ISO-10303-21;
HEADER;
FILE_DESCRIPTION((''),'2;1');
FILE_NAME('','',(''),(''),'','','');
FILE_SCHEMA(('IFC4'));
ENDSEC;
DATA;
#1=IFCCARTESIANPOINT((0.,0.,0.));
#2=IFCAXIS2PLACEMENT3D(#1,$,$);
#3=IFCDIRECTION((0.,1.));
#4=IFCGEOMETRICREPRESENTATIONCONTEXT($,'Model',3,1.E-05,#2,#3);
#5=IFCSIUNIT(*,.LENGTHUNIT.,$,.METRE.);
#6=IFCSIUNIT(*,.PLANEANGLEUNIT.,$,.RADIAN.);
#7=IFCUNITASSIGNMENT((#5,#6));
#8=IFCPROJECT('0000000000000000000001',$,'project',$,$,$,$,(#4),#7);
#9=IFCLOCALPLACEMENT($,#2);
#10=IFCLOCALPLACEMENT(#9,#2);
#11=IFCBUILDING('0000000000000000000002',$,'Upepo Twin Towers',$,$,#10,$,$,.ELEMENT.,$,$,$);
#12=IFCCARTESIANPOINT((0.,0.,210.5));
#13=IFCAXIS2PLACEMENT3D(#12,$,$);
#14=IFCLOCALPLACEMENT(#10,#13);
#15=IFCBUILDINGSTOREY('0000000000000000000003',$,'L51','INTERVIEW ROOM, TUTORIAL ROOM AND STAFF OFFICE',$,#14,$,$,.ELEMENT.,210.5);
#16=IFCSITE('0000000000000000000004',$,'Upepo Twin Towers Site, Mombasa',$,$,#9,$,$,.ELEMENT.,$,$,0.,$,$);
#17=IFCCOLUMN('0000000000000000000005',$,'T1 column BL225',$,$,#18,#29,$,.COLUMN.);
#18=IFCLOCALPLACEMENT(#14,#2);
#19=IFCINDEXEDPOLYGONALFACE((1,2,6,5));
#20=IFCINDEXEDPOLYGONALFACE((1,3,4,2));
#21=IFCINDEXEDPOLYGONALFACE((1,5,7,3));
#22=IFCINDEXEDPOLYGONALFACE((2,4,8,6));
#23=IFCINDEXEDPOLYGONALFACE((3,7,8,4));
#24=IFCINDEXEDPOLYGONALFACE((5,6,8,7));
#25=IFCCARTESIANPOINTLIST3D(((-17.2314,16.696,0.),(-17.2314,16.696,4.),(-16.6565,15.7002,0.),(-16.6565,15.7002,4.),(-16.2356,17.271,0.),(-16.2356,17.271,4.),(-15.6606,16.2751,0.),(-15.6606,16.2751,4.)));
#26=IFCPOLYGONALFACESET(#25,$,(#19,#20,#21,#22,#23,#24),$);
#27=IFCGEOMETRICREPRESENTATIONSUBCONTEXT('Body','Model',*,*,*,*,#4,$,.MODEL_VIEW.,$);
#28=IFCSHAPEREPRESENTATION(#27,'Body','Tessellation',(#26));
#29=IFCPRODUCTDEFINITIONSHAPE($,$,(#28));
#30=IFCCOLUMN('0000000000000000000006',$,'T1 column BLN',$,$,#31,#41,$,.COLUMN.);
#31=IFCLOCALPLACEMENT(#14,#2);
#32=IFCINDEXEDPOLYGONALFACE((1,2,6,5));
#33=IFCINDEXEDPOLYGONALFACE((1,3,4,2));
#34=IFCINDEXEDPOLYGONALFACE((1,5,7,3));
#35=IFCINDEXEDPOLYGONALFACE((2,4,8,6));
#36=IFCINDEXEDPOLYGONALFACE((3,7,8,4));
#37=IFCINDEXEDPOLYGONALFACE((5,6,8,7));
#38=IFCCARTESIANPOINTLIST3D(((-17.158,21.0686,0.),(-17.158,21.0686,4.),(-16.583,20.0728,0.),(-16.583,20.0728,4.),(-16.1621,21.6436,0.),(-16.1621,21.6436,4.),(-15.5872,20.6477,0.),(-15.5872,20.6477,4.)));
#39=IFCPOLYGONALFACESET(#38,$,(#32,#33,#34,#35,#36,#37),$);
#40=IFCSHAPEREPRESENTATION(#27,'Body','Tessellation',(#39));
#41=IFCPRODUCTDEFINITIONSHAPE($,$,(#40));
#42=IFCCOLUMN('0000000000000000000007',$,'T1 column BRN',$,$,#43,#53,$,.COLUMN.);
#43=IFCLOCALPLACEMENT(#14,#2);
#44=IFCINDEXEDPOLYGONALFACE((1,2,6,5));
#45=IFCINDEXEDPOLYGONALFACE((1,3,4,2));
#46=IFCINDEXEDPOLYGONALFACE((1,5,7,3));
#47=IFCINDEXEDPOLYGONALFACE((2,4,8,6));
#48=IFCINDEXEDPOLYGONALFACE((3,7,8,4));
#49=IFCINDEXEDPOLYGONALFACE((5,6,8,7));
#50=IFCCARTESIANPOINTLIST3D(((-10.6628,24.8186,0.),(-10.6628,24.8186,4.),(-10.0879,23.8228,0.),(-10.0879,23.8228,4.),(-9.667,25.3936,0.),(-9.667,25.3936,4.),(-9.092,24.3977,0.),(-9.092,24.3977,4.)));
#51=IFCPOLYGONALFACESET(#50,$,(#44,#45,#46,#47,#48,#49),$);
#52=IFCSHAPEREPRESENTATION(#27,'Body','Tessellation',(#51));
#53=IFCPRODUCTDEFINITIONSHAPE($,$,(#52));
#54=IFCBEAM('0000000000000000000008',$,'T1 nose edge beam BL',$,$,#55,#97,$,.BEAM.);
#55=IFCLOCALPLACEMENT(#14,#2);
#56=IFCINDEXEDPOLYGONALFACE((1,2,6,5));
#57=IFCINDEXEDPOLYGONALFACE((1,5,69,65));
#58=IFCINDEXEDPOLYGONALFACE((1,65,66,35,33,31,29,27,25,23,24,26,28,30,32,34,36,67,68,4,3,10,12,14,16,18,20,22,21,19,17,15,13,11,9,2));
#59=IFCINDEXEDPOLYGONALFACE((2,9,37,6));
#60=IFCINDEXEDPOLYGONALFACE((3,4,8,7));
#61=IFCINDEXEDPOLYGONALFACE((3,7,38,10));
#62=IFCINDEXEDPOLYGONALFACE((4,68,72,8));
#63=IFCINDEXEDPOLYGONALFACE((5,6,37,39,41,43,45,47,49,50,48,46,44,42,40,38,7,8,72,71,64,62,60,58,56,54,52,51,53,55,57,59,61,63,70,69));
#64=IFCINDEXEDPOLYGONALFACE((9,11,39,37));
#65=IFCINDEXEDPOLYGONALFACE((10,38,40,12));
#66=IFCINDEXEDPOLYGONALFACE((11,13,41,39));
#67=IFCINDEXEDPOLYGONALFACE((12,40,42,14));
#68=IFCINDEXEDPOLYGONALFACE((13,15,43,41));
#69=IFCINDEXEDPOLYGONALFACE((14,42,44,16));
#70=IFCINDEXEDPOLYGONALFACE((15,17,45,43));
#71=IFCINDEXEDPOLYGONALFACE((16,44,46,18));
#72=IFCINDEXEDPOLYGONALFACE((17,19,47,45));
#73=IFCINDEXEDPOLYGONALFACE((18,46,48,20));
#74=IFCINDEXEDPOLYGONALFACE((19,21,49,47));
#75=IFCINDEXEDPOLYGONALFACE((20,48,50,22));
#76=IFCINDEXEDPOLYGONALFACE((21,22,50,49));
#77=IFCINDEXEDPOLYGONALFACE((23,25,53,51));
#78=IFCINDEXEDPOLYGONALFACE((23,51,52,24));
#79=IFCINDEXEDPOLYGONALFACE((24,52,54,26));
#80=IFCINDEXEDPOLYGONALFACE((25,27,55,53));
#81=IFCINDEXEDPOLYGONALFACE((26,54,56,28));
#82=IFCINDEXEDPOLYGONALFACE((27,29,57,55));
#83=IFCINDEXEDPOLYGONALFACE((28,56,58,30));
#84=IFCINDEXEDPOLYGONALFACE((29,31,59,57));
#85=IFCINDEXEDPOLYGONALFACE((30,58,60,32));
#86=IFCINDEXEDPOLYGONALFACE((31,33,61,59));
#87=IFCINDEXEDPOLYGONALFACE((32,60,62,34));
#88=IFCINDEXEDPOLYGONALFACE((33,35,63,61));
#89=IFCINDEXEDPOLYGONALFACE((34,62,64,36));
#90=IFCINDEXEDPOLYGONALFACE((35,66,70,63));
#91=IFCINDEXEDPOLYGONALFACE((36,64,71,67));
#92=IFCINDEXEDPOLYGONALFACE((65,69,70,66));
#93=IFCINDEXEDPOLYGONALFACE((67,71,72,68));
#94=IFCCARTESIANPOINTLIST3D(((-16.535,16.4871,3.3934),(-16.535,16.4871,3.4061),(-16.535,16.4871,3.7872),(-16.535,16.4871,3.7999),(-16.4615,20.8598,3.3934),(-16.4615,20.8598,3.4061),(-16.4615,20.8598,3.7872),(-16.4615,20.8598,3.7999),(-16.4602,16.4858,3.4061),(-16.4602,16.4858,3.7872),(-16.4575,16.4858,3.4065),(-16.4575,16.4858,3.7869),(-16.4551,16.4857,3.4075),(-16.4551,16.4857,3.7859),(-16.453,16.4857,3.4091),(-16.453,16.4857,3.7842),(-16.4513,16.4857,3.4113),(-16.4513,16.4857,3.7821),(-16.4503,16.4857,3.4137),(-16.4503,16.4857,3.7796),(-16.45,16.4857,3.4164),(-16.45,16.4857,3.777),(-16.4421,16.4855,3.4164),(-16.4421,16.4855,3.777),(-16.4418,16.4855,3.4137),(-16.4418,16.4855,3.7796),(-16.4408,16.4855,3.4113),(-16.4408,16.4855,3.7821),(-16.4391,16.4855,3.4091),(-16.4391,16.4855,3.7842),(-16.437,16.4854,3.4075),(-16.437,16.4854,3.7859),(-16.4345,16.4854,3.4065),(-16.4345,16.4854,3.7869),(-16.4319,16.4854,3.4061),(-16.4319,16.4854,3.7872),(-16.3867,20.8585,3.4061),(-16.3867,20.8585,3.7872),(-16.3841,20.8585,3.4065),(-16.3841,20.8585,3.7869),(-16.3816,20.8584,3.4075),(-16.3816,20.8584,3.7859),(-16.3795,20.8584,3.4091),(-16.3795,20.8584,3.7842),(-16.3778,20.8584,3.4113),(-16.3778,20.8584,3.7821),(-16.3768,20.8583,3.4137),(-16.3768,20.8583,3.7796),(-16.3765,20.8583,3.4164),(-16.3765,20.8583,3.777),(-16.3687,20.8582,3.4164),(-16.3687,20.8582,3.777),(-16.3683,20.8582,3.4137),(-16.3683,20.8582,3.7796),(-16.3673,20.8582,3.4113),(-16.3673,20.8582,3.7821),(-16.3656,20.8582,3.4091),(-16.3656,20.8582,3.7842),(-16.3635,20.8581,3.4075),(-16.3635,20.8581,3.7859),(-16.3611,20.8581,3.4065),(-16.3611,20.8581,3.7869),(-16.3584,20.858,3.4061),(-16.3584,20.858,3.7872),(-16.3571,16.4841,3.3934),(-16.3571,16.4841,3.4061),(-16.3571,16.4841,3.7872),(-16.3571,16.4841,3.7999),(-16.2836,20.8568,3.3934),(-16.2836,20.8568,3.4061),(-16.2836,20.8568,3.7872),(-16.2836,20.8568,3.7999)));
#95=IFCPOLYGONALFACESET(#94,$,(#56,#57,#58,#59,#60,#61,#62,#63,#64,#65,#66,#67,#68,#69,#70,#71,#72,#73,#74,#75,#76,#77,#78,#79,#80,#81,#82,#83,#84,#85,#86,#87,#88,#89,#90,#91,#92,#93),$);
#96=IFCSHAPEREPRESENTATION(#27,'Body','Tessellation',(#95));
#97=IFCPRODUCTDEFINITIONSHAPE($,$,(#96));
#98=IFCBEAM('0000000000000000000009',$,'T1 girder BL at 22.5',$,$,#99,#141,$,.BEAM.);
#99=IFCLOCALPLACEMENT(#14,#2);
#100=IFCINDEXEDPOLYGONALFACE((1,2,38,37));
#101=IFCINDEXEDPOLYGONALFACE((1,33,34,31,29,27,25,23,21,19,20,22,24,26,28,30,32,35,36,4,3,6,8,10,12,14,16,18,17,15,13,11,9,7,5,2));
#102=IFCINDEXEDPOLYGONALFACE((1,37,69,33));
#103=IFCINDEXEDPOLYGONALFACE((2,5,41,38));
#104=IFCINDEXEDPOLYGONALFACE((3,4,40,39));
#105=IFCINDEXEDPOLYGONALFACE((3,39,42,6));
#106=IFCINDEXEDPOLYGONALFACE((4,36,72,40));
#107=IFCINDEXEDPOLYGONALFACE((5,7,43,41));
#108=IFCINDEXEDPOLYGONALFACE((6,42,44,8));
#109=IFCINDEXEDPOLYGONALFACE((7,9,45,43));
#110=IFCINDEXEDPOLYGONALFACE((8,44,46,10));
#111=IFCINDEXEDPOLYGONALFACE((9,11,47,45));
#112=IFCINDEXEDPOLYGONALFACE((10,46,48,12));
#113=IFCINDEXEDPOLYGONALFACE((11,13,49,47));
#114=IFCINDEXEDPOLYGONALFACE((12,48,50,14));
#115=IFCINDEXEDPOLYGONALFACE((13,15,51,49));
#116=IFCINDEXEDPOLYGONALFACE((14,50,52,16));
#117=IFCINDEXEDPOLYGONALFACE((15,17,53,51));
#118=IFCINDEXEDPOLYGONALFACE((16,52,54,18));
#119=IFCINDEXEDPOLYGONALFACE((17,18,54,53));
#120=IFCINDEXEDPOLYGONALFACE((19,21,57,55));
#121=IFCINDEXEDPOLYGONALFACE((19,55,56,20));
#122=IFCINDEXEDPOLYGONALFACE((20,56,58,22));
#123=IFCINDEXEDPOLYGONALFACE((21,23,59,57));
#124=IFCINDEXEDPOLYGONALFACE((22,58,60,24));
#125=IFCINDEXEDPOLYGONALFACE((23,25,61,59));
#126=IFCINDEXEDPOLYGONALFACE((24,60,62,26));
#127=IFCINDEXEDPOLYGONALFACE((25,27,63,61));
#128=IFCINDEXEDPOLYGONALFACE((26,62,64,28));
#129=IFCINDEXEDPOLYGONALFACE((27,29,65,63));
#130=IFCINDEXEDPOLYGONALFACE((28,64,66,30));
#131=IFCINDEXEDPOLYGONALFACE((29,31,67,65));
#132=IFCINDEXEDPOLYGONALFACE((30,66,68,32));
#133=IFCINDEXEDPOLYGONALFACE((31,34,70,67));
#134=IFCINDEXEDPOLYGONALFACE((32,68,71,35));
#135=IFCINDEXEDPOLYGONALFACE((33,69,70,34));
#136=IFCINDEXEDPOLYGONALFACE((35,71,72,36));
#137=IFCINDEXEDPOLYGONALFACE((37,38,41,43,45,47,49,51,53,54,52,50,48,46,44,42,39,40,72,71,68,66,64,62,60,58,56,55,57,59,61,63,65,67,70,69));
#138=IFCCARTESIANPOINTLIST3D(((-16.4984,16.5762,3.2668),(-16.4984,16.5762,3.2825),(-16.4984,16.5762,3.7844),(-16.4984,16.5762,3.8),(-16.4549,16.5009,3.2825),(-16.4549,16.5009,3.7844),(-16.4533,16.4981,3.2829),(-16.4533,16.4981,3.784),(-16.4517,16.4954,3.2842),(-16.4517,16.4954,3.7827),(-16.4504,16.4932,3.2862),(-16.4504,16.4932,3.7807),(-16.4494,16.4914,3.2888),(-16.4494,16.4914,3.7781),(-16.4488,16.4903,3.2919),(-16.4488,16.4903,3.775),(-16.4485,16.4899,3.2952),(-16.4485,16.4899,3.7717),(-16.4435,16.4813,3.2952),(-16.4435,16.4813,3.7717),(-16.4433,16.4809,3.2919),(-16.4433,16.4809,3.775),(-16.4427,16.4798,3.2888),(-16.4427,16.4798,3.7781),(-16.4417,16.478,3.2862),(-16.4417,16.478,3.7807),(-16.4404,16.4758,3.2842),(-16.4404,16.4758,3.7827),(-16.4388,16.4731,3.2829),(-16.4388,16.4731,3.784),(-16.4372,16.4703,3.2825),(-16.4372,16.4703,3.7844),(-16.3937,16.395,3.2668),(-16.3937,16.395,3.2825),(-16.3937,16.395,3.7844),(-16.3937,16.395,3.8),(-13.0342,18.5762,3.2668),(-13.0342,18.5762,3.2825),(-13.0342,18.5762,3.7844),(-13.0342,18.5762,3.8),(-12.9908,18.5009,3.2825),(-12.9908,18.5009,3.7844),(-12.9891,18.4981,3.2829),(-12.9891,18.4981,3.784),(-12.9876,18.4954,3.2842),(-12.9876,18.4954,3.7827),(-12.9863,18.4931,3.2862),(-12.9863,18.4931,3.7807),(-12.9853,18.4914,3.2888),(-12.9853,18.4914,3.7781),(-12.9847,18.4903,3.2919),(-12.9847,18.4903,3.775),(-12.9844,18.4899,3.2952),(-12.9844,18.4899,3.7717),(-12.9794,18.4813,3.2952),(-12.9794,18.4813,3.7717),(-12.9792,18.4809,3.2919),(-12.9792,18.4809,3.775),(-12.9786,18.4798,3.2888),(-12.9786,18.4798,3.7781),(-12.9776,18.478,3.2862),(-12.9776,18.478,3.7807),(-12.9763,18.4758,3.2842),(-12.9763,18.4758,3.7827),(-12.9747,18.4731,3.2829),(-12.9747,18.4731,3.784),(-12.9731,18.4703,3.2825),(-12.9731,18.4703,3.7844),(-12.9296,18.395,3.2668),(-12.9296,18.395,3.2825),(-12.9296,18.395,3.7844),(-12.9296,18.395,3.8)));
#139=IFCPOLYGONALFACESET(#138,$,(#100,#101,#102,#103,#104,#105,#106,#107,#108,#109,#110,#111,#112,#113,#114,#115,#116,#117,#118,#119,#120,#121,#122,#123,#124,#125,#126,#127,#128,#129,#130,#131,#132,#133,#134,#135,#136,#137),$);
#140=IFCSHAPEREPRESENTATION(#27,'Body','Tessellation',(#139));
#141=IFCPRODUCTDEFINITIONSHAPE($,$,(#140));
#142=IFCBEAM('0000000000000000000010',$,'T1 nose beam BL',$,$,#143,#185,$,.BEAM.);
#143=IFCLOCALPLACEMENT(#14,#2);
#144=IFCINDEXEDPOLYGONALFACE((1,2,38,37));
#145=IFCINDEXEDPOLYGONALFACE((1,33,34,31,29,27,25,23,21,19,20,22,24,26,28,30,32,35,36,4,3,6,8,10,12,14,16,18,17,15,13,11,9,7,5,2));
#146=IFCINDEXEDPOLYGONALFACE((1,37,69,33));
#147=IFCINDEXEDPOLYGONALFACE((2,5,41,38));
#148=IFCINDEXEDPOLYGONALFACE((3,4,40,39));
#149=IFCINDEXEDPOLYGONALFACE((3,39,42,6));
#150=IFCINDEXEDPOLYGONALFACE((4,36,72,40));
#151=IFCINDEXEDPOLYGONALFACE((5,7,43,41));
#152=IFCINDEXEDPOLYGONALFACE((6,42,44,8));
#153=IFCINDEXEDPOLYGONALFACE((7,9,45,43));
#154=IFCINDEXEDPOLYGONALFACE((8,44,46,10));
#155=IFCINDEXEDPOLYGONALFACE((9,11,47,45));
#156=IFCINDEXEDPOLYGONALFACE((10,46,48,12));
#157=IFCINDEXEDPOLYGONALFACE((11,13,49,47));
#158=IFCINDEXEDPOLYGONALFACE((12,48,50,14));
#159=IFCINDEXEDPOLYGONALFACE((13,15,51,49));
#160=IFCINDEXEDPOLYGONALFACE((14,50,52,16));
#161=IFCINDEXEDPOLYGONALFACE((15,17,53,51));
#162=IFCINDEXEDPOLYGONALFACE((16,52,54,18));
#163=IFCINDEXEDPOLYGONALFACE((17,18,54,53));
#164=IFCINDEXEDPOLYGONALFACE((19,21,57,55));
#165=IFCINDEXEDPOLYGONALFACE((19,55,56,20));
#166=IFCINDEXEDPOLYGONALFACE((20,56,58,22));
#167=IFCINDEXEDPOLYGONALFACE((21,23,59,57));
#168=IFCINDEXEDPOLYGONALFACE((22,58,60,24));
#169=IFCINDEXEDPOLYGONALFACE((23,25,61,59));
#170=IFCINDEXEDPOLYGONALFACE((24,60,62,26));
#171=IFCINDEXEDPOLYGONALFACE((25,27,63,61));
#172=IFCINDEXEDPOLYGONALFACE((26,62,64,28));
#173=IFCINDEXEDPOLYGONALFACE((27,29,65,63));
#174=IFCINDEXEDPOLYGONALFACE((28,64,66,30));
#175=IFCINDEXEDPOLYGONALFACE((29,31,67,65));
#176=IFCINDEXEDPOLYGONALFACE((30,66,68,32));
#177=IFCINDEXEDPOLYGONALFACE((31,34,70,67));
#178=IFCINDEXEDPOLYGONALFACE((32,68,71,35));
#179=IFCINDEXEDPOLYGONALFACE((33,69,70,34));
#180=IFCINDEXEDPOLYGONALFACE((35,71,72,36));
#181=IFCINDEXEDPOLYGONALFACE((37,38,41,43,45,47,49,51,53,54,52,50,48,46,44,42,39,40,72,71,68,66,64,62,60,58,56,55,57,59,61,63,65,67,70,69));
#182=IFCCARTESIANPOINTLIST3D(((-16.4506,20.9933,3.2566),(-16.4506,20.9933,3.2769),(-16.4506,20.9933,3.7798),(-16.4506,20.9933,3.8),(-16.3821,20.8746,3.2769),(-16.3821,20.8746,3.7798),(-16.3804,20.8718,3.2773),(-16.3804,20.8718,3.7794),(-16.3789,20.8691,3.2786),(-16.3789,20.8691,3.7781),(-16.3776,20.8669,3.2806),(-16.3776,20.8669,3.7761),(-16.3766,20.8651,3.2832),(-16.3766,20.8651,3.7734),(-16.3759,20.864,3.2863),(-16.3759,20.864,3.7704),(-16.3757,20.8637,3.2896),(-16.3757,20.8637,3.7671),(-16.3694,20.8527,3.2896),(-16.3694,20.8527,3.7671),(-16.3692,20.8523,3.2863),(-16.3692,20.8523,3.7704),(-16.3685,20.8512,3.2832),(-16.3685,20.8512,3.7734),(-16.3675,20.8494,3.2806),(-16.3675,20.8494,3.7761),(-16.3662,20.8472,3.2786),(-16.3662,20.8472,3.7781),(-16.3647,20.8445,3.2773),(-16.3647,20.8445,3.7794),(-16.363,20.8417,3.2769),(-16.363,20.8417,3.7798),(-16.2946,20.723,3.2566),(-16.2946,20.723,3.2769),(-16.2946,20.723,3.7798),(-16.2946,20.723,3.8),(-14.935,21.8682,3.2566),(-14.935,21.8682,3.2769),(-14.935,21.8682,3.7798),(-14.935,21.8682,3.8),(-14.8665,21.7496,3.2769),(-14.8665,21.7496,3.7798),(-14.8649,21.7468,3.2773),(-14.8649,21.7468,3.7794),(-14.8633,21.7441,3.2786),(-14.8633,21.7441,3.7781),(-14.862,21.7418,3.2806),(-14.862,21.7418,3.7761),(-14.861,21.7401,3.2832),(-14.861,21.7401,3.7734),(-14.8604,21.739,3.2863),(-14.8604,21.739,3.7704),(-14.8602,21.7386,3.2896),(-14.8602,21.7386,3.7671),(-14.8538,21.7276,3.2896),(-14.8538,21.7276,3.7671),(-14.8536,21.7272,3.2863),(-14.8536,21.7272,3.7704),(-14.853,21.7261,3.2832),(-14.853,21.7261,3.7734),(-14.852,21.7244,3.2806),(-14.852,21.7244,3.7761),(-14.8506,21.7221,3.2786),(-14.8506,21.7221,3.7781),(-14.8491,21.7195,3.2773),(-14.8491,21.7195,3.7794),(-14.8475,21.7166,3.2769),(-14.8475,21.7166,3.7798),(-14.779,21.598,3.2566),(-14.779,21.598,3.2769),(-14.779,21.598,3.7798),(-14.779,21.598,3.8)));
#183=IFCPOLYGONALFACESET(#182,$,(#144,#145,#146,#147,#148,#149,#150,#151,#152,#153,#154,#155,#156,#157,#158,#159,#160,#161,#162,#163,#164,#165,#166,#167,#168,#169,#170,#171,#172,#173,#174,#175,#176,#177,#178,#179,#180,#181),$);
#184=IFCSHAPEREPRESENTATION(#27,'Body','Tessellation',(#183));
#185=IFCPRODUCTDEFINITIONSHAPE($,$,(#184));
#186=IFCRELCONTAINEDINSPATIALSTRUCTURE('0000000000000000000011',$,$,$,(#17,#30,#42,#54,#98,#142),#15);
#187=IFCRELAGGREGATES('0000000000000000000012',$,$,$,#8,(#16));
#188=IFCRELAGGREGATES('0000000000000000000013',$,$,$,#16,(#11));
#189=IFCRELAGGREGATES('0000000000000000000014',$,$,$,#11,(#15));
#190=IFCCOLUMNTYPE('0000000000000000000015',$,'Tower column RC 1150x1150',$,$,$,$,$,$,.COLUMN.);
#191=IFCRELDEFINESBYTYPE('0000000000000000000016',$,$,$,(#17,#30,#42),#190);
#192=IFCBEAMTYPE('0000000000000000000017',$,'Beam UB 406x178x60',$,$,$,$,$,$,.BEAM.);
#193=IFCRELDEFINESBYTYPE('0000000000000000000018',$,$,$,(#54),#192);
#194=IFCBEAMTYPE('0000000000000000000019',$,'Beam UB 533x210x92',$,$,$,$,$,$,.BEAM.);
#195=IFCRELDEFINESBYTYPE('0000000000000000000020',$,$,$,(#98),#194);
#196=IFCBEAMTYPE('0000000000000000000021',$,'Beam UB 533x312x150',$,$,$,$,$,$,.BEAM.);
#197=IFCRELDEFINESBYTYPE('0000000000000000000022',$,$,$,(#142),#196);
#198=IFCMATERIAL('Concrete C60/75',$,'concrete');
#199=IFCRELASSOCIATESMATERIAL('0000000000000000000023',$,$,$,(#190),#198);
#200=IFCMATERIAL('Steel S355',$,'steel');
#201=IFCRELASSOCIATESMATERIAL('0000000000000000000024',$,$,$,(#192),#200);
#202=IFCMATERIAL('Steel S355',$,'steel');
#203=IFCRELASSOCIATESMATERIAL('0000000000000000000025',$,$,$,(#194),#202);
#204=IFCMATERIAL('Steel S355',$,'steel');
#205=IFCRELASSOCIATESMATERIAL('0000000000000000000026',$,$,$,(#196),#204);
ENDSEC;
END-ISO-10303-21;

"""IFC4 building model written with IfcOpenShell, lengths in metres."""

from ifc_helpers import new_model, si_unit, direction, frame, origin, origin_2d, place, context, subcontext, project, spatial, rectangle, i_section, extrude, material, material_profile, profile_set, type_object, element, save


model = new_model("IFC4")

# Units and contexts
model_context = context("Model", 3, precision=1e-05, world=origin(), true_north=direction((0.0, 1.0)))
body_context = subcontext(model_context, "Body", "Model", "MODEL_VIEW")
ifc_project = project(units=[si_unit("LENGTHUNIT", "METRE"), si_unit("PLANEANGLEUNIT", "RADIAN")], contexts=[model_context])

# Site, building, storey
site_placement = place(None, origin())
site = spatial("IfcSite", under=ifc_project, at=site_placement, Name="Upepo Twin Towers Site, Mombasa", CompositionType="ELEMENT", RefElevation=0.0)
building_placement = place(site_placement, origin())
building = spatial("IfcBuilding", under=site, at=building_placement, Name="Upepo Twin Towers", CompositionType="ELEMENT")
storey_placement = place(building_placement, frame((0.0, 0.0, 210.5)))
storey = spatial("IfcBuildingStorey", under=building, at=storey_placement, Name="L51", Description="INTERVIEW ROOM, TUTORIAL ROOM AND STAFF OFFICE", CompositionType="ELEMENT", Elevation=210.5)

# Columns
ifc_material_1 = material(Name="Concrete C60/75", Category="concrete")
ifc_material_profile_1 = material_profile(ifc_material_1, rectangle(XDim=1.1499, YDim=1.1499, at=origin_2d()), Name="RC 1150x1150")
ifc_profile_set_1 = profile_set([ifc_material_profile_1], Name="Concrete C60/75")
column_type = type_object("IfcColumnType", Name="Tower column RC 1150x1150", PredefinedType="COLUMN", material=ifc_profile_set_1)
for number, where, z_axis, x_axis, name in (
    (1, (-16.446, 16.4856, 0.0), (0.0, 0.0, 1.0), (0.866025, 0.5, 0.0), "T1 column BL225"),
    (2, (-16.3726, 20.8582, 0.0), (0.0, 0.0, 1.0), (0.866025, 0.5, 0.0), "T1 column BLN"),
    (3, (-9.8774, 24.6082, 0.0), (0.0, 0.0, 1.0), (0.866025, 0.5, 0.0), "T1 column BRN"),
):
    element("IfcColumn", number, at=place(storey_placement, frame(where, z_axis=z_axis, x_axis=x_axis)), inside=storey, type_object=column_type, Name=name, PredefinedType="COLUMN", context=body_context, shape_type="SweptSolid", body=[
        extrude(rectangle(XDim=1.1499, YDim=1.1499, at=origin_2d()), origin(), (0.0, 0.0, 1.0), 4.0),
    ])

# Beams
ifc_material_2 = material(Name="Steel S355", Category="steel")
ifc_material_profile_2 = material_profile(ifc_material_2, i_section(OverallWidth=0.178, OverallDepth=0.4065, WebThickness=0.0078, FlangeThickness=0.0127, FilletRadius=0.0103, at=origin_2d()), Name="UB 406x178x60")
ifc_profile_set_2 = profile_set([ifc_material_profile_2], Name="Steel S355")
beam_type_1 = type_object("IfcBeamType", Name="Beam UB 406x178x60", PredefinedType="BEAM", material=ifc_profile_set_2)
beam_1_placement = place(storey_placement, frame((-16.446, 16.4856, 3.5967), z_axis=(0.016804, 0.999859, 0.0), x_axis=(-0.999859, 0.016804, 0.0)))
element("IfcBeam", 4, at=beam_1_placement, inside=storey, type_object=beam_type_1, Name="T1 nose edge beam BL", PredefinedType="BEAM", context=body_context, shape_type="SweptSolid", body=[
    extrude(i_section(OverallWidth=0.178, OverallDepth=0.4065, WebThickness=0.0078, FlangeThickness=0.0127, FilletRadius=0.0103, at=origin_2d()), origin(), (0.0, 0.0, 1.0), 4.3733),
])
ifc_material_3 = material(Name="Steel S355", Category="steel")
ifc_material_profile_3 = material_profile(ifc_material_3, i_section(OverallWidth=0.2092, OverallDepth=0.5332, WebThickness=0.01, FlangeThickness=0.0156, FilletRadius=0.0127, at=origin_2d()), Name="UB 533x210x92")
ifc_profile_set_3 = profile_set([ifc_material_profile_3], Name="Steel S355")
beam_type_2 = type_object("IfcBeamType", Name="Beam UB 533x210x92", PredefinedType="BEAM", material=ifc_profile_set_3)
beam_2_placement = place(storey_placement, frame((-16.446, 16.4856, 3.5334), z_axis=(0.866026, 0.499999, 0.0), x_axis=(-0.499999, 0.866026, 0.0)))
element("IfcBeam", 5, at=beam_2_placement, inside=storey, type_object=beam_type_2, Name="T1 girder BL at 22.5", PredefinedType="BEAM", context=body_context, shape_type="SweptSolid", body=[
    extrude(i_section(OverallWidth=0.2092, OverallDepth=0.5332, WebThickness=0.01, FlangeThickness=0.0156, FilletRadius=0.0127, at=origin_2d()), origin(), (0.0, 0.0, 1.0), 4.0),
])
ifc_material_4 = material(Name="Steel S355", Category="steel")
ifc_material_profile_4 = material_profile(ifc_material_4, i_section(OverallWidth=0.312, OverallDepth=0.5435, WebThickness=0.0127, FlangeThickness=0.0203, FilletRadius=0.0127, at=origin_2d()), Name="UB 533x312x150")
ifc_profile_set_4 = profile_set([ifc_material_profile_4], Name="Steel S355")
beam_type_3 = type_object("IfcBeamType", Name="Beam UB 533x312x150", PredefinedType="BEAM", material=ifc_profile_set_4)
for number, where, z_axis, x_axis, name in (
    (6, (-16.3726, 20.8582, 3.5283), (0.866037, 0.49998, 0.0), (-0.49998, 0.866037, 0.0), "T1 nose beam BL"),
):
    element("IfcBeam", number, at=place(storey_placement, frame(where, z_axis=z_axis, x_axis=x_axis)), inside=storey, type_object=beam_type_3, Name=name, PredefinedType="BEAM", context=body_context, shape_type="SweptSolid", body=[
        extrude(i_section(OverallWidth=0.312, OverallDepth=0.5435, WebThickness=0.0127, FlangeThickness=0.0203, FilletRadius=0.0127, at=origin_2d()), origin(), (0.0, 0.0, 1.0), 1.75),
    ])

save(model, "model.ifc")
